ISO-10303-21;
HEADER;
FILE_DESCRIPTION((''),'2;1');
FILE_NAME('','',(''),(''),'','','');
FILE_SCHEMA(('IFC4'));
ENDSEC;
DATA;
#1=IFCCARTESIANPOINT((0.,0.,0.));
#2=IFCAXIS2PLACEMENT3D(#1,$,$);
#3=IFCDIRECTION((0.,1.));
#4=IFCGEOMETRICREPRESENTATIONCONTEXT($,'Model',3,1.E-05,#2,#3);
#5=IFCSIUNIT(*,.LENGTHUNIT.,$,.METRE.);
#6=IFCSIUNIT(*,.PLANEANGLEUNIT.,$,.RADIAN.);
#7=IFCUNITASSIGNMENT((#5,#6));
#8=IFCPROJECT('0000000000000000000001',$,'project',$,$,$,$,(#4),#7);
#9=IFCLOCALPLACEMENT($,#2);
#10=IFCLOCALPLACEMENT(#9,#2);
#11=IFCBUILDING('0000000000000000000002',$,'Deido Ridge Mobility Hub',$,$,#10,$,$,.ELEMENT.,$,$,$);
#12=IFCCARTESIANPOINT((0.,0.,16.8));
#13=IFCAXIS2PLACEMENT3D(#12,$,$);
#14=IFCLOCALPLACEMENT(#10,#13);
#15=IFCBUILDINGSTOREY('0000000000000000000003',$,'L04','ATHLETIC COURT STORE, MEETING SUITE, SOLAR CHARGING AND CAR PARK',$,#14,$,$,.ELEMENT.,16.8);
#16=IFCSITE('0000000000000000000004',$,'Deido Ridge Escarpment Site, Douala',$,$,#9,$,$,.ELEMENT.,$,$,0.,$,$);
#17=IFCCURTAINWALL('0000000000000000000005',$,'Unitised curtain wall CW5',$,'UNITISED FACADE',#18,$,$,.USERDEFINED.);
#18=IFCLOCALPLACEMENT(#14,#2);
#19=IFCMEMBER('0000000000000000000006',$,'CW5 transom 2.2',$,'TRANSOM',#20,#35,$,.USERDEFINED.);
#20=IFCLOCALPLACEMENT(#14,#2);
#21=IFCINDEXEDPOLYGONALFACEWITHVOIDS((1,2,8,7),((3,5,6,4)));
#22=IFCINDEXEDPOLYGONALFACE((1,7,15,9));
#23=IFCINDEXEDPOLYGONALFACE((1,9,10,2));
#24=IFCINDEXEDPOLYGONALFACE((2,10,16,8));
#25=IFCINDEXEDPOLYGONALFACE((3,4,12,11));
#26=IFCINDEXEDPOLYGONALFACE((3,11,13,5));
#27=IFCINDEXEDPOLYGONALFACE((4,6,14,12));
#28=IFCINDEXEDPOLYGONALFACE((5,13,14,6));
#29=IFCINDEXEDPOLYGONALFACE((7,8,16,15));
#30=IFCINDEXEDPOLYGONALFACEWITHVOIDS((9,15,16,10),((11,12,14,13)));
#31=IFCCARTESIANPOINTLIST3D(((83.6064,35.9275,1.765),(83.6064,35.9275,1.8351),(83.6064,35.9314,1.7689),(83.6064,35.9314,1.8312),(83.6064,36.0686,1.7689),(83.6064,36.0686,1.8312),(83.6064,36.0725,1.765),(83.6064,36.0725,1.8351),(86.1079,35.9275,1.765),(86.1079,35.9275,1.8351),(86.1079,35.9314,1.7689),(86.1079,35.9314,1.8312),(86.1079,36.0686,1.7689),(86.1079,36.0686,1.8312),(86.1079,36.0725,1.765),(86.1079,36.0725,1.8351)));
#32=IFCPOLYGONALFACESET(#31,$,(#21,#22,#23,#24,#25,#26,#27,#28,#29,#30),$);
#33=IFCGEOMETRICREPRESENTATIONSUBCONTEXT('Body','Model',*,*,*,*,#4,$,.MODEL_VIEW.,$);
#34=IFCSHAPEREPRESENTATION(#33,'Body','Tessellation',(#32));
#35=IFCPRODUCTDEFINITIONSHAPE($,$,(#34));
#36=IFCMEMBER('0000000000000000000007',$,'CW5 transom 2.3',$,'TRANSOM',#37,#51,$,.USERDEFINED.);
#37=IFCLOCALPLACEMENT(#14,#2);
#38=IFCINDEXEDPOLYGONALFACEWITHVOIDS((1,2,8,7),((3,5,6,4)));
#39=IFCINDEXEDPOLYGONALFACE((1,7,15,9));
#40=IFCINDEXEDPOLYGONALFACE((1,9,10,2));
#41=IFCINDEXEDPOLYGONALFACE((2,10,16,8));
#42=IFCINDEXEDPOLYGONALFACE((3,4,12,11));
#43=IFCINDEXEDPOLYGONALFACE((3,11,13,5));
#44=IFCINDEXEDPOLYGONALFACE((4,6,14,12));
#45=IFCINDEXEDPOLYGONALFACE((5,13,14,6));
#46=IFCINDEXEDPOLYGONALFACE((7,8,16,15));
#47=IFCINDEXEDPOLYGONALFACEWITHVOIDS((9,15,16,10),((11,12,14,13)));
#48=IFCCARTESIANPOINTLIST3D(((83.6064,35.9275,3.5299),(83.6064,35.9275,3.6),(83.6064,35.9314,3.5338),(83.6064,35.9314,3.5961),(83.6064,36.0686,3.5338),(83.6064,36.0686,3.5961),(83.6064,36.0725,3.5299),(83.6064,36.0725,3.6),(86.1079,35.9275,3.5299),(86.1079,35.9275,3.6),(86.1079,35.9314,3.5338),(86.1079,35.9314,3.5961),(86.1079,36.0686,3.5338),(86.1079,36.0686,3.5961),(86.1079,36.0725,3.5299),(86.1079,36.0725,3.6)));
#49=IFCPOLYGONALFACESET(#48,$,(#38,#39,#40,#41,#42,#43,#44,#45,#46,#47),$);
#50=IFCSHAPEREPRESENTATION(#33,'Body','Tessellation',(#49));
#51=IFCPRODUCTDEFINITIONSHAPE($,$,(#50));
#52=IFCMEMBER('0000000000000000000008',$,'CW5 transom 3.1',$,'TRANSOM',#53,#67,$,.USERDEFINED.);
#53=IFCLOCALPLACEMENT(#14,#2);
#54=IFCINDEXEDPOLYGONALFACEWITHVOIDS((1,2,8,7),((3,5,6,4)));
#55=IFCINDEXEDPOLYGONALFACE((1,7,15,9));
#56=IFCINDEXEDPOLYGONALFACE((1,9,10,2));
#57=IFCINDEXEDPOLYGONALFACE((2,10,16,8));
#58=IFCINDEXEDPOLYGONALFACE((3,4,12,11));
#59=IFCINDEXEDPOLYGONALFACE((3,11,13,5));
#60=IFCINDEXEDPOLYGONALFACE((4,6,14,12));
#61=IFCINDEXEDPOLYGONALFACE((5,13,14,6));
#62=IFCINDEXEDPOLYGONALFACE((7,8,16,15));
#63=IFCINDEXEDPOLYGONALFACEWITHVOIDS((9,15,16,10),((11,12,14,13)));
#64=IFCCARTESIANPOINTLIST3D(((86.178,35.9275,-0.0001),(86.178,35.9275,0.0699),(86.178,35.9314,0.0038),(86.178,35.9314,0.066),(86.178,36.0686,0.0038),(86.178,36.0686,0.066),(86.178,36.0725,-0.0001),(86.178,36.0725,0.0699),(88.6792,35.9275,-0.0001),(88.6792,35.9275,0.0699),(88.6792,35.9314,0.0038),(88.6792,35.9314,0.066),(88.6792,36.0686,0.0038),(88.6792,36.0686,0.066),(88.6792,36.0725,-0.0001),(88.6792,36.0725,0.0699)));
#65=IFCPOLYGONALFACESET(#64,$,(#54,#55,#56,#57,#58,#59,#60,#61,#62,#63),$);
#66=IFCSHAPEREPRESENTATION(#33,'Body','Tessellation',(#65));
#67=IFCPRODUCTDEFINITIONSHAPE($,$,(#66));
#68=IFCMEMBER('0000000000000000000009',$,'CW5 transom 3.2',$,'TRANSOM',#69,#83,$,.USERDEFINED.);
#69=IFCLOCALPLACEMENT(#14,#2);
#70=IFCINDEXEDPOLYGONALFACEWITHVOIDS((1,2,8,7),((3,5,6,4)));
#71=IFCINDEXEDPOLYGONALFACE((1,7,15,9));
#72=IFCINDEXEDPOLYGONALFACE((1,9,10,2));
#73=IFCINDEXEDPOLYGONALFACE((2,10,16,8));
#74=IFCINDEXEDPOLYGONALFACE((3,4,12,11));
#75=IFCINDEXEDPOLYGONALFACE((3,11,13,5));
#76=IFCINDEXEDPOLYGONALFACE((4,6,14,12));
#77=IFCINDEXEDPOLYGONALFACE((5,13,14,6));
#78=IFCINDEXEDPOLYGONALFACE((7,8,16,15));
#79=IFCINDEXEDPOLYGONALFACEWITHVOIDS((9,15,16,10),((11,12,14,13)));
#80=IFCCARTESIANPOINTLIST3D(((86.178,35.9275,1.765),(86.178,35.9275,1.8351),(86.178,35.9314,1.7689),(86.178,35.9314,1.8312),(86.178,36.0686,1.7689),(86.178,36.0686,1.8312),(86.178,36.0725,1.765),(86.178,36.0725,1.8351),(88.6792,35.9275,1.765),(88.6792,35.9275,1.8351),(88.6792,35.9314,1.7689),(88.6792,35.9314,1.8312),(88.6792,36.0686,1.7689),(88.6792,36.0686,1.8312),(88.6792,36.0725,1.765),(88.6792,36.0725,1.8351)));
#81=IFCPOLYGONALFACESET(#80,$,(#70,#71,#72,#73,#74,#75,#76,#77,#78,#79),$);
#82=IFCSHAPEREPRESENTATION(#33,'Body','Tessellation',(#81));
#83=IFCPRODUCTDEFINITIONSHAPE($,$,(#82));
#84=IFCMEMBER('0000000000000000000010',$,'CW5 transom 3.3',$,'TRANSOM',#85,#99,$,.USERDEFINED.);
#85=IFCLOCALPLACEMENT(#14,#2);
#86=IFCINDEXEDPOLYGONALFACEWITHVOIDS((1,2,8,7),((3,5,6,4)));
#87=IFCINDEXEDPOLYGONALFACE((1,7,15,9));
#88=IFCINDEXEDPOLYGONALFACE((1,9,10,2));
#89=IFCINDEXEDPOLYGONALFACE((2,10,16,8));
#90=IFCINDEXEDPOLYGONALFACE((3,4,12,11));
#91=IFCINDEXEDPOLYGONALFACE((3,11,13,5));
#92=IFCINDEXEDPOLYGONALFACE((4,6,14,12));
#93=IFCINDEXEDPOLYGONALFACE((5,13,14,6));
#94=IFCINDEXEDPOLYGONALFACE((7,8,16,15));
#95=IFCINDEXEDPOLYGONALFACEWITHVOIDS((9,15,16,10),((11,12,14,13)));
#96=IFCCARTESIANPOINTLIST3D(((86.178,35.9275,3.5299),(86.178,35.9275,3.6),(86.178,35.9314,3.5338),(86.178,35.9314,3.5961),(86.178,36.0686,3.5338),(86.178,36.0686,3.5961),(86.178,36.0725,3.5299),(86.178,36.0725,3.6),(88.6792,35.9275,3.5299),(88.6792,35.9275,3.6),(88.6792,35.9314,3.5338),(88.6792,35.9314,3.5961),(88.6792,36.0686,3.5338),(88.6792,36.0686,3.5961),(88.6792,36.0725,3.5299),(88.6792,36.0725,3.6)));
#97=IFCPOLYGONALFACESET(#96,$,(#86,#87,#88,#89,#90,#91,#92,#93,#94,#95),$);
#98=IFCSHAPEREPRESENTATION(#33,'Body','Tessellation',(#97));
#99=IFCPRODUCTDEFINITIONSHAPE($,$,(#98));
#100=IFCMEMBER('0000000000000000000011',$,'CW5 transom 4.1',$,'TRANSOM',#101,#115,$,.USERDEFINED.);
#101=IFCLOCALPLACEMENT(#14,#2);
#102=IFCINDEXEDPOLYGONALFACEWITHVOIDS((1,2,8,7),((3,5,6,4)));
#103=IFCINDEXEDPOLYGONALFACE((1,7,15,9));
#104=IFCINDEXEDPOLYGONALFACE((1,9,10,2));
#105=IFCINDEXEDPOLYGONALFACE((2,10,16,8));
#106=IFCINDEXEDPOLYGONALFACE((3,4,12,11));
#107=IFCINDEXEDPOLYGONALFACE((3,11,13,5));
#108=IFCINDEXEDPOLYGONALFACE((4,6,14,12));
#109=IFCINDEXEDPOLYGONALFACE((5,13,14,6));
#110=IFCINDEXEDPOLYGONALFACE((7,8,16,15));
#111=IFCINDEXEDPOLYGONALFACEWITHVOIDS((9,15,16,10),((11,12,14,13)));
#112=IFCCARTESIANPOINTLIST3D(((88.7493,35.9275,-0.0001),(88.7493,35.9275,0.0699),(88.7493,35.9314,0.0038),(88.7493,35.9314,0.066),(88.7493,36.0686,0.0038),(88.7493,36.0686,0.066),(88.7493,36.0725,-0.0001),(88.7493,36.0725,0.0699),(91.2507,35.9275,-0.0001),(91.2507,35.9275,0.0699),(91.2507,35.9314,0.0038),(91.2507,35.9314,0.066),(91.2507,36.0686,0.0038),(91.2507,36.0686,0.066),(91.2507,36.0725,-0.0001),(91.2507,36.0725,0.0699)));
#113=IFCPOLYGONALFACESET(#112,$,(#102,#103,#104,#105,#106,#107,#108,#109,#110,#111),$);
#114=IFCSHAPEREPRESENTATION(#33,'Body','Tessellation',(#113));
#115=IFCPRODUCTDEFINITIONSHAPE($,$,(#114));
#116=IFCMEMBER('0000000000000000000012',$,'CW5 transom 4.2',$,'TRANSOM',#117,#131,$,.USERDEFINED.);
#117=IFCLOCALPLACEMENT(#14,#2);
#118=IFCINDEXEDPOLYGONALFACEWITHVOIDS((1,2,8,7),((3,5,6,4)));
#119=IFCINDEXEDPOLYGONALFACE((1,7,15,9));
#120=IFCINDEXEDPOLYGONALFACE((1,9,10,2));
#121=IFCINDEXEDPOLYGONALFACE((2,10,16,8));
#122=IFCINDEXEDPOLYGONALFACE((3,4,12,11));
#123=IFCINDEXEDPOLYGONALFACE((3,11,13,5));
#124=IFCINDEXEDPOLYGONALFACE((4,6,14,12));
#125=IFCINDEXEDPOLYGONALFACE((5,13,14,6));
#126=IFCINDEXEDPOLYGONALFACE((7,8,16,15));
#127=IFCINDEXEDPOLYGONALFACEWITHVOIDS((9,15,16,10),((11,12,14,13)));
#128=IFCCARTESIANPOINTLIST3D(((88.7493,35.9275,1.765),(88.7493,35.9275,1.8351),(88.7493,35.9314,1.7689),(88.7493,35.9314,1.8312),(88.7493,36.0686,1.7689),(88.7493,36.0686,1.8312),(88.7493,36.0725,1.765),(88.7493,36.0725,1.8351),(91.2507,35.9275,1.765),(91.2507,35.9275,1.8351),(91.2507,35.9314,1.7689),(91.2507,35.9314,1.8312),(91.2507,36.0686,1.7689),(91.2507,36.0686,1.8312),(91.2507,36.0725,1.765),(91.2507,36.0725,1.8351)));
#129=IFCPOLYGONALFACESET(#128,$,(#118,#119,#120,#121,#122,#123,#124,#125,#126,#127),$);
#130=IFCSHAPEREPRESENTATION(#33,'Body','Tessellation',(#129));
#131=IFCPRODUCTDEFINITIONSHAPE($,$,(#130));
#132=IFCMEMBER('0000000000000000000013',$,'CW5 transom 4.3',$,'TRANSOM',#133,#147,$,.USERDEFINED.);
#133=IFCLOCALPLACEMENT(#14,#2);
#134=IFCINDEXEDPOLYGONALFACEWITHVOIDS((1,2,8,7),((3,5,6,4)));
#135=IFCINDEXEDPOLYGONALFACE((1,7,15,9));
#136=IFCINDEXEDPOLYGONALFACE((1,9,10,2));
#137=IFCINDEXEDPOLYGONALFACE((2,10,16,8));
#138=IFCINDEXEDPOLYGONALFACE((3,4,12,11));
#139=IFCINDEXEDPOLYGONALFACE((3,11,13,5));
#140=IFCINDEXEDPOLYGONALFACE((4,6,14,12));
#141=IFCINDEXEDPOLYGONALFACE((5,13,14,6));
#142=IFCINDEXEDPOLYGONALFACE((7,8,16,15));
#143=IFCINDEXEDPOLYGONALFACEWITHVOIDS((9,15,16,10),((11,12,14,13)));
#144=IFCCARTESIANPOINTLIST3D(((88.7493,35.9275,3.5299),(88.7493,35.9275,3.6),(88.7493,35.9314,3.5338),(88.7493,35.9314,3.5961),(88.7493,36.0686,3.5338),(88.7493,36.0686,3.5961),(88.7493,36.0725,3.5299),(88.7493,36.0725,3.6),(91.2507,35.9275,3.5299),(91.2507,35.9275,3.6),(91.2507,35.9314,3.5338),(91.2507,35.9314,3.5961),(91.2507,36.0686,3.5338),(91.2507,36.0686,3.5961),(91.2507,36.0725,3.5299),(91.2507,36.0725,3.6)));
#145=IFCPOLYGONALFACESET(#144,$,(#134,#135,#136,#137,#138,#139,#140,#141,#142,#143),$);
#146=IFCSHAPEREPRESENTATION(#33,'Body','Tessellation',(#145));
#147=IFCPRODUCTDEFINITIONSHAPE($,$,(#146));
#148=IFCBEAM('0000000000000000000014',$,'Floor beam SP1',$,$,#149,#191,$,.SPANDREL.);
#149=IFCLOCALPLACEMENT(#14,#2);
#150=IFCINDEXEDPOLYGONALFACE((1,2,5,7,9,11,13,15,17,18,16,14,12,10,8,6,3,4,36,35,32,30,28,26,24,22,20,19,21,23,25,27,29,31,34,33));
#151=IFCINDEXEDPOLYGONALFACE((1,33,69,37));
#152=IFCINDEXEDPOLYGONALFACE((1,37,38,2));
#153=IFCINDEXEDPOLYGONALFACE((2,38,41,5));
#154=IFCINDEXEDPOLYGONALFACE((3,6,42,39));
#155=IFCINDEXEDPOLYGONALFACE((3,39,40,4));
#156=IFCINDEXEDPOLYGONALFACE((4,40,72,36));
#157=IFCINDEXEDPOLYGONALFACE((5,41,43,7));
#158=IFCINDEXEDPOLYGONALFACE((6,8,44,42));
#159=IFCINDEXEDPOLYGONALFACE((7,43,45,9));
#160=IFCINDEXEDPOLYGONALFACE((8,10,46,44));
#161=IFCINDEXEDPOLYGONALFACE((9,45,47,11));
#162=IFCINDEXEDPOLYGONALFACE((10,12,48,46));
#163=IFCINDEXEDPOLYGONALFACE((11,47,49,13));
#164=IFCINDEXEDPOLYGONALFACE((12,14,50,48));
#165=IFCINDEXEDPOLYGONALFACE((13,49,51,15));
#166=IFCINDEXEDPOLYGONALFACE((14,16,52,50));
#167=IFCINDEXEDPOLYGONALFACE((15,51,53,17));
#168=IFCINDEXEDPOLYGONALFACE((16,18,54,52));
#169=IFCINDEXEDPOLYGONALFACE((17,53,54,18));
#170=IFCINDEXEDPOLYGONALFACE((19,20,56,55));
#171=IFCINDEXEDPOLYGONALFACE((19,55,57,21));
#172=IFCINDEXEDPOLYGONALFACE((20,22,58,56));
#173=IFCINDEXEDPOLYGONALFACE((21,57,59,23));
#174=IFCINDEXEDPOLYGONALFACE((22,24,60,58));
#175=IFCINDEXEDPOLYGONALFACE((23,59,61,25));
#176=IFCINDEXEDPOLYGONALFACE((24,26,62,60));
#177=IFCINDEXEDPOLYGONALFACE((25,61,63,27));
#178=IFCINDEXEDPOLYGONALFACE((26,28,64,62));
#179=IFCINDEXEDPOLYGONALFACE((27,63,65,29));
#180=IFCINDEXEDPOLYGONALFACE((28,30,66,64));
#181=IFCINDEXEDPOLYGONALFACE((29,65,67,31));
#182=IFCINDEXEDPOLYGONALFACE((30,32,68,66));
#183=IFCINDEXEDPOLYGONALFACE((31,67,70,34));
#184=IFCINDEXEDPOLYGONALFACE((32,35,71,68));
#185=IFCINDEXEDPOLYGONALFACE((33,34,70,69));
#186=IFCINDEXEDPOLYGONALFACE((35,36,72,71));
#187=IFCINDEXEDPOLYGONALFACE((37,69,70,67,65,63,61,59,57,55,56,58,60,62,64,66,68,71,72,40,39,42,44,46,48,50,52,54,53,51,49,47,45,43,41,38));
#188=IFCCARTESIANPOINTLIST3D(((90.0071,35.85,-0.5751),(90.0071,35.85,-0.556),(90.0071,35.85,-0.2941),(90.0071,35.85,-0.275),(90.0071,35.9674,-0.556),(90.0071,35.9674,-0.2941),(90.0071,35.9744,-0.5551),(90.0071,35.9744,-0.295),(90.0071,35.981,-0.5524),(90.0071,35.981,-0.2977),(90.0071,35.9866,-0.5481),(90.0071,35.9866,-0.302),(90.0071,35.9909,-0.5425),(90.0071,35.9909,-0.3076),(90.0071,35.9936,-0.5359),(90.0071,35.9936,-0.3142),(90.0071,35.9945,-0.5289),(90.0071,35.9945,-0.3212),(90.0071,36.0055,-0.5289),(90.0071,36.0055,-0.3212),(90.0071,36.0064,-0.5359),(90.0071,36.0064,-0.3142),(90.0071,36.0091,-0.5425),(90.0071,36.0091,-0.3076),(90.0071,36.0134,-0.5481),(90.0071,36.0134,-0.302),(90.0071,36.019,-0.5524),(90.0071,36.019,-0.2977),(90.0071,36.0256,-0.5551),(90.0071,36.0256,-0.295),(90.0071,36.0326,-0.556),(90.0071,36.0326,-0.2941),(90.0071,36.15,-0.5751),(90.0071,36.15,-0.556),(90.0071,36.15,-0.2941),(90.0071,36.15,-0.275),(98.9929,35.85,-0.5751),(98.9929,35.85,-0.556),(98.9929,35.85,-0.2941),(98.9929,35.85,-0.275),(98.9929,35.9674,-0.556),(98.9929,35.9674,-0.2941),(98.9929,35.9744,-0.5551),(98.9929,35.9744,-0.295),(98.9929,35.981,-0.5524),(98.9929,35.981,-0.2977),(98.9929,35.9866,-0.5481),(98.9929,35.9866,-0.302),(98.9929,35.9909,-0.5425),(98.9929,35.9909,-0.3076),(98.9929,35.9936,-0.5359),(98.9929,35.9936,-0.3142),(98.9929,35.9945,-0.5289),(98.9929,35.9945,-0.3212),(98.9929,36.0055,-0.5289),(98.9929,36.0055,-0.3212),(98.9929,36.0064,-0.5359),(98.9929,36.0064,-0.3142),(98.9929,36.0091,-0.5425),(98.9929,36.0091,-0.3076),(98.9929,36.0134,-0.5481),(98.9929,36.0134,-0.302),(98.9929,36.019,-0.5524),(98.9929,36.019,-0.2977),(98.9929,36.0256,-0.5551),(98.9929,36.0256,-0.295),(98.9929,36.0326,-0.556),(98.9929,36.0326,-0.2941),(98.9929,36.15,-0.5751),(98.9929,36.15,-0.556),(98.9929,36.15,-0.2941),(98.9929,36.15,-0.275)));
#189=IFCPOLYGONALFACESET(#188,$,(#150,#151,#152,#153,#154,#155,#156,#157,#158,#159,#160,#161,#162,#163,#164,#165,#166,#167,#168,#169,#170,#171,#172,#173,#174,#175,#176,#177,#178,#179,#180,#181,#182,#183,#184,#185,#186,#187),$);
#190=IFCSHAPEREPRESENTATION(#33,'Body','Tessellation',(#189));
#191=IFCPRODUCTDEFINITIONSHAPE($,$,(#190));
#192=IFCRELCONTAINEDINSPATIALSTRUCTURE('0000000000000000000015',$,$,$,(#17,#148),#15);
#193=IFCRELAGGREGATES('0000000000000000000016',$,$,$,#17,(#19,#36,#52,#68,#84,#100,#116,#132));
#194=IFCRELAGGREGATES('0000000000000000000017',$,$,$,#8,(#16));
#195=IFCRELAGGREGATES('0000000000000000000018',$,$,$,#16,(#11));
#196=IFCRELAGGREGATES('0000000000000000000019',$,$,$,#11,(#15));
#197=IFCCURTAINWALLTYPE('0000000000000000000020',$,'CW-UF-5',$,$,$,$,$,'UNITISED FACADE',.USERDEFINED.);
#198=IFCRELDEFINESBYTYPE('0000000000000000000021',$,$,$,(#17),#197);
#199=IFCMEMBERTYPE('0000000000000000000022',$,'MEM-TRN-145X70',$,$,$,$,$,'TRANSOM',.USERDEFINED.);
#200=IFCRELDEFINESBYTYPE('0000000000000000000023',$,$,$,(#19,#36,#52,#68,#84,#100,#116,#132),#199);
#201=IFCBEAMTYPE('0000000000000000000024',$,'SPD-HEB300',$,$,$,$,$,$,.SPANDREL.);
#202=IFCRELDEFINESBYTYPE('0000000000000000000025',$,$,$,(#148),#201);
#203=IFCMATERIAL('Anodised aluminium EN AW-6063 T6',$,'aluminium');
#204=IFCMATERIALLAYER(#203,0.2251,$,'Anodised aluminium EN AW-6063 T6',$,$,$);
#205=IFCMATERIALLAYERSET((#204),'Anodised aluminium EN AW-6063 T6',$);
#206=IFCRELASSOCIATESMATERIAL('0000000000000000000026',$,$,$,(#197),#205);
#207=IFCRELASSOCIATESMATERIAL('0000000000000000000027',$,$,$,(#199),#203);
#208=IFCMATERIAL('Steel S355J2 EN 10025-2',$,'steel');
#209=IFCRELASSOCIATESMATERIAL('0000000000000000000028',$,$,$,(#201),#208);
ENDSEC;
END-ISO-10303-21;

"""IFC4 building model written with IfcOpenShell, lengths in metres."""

from ifc_helpers import new_model, si_unit, direction, frame, origin, origin_2d, place, context, subcontext, project, spatial, hollow_rectangle, i_section, extrude, material, layer, layer_set, material_profile, profile_set, type_object, element, aggregate, save


model = new_model("IFC4")

# Units and contexts
model_context = context("Model", 3, precision=1e-05, world=origin(), true_north=direction((0.0, 1.0)))
body_context = subcontext(model_context, "Body", "Model", "MODEL_VIEW")
ifc_project = project(units=[si_unit("LENGTHUNIT", "METRE"), si_unit("PLANEANGLEUNIT", "RADIAN")], contexts=[model_context])

# Site, building, storey
site_placement = place(None, origin())
site = spatial("IfcSite", under=ifc_project, at=site_placement, Name="Deido Ridge Escarpment Site, Douala", CompositionType="ELEMENT", RefElevation=0.0)
building_placement = place(site_placement, origin())
building = spatial("IfcBuilding", under=site, at=building_placement, Name="Deido Ridge Mobility Hub", CompositionType="ELEMENT")
storey_placement = place(building_placement, frame((0.0, 0.0, 16.8)))
storey = spatial("IfcBuildingStorey", under=building, at=storey_placement, Name="L04", Description="ATHLETIC COURT STORE, MEETING SUITE, SOLAR CHARGING AND CAR PARK", CompositionType="ELEMENT", Elevation=16.8)

# Shared definitions
ifc_material_1 = material(Name="Steel S355J2 EN 10025-2", Category="steel")

# Curtain wall, members
ifc_material_2 = material(Name="Anodised aluminium EN AW-6063 T6", Category="aluminium")
ifc_layer_1 = layer(ifc_material_2, 0.2251, Name="Anodised aluminium EN AW-6063 T6")
ifc_layer_set_1 = layer_set([ifc_layer_1], Name="Anodised aluminium EN AW-6063 T6")
curtain_wall_type = type_object("IfcCurtainWallType", Name="CW-UF-5", ElementType="UNITISED FACADE", PredefinedType="USERDEFINED", material=ifc_layer_set_1)
curtain_wall_placement = place(storey_placement, origin())
curtain_wall = element("IfcCurtainWall", 1, at=curtain_wall_placement, inside=storey, type_object=curtain_wall_type, Name="Unitised curtain wall CW5", ObjectType="UNITISED FACADE", PredefinedType="USERDEFINED")
ifc_material_profile_1 = material_profile(ifc_material_2, hollow_rectangle(XDim=0.145, YDim=0.0701, WallThickness=0.0039, at=origin_2d()), Name="RHS 145x70x4")
ifc_profile_set_1 = profile_set([ifc_material_profile_1], Name="Anodised aluminium EN AW-6063 T6")
member_type_1 = type_object("IfcMemberType", Name="MEM-TRN-145X70", ElementType="TRANSOM", PredefinedType="USERDEFINED", material=ifc_profile_set_1)
member_1_placement = place(storey_placement, frame((83.6064, 36.0, 1.8), z_axis=(1.0, 0.0, 0.0), x_axis=(0.0, 1.0, 0.0)))
member_1 = element("IfcMember", 2, at=member_1_placement, type_object=member_type_1, Name="CW5 transom 2.2", ObjectType="TRANSOM", PredefinedType="USERDEFINED", context=body_context, shape_type="SweptSolid", body=[
    extrude(hollow_rectangle(XDim=0.145, YDim=0.0701, WallThickness=0.0039, at=origin_2d()), origin(), (0.0, 0.0, 1.0), 2.5015),
])
member_2_placement = place(storey_placement, frame((83.6064, 36.0, 3.5649), z_axis=(1.0, 0.0, 0.0), x_axis=(0.0, 1.0, 0.0)))
member_2 = element("IfcMember", 3, at=member_2_placement, type_object=member_type_1, Name="CW5 transom 2.3", ObjectType="TRANSOM", PredefinedType="USERDEFINED", context=body_context, shape_type="SweptSolid", body=[
    extrude(hollow_rectangle(XDim=0.145, YDim=0.0701, WallThickness=0.0039, at=origin_2d()), origin(), (0.0, 0.0, 1.0), 2.5015),
])
member_3_placement = place(storey_placement, frame((86.178, 36.0, 0.0349), z_axis=(1.0, 0.0, 0.0), x_axis=(0.0, 1.0, 0.0)))
member_3 = element("IfcMember", 4, at=member_3_placement, type_object=member_type_1, Name="CW5 transom 3.1", ObjectType="TRANSOM", PredefinedType="USERDEFINED", context=body_context, shape_type="SweptSolid", body=[
    extrude(hollow_rectangle(XDim=0.145, YDim=0.0701, WallThickness=0.0039, at=origin_2d()), origin(), (0.0, 0.0, 1.0), 2.5012),
])
member_4_placement = place(storey_placement, frame((86.178, 36.0, 1.8), z_axis=(1.0, 0.0, 0.0), x_axis=(0.0, 1.0, 0.0)))
member_4 = element("IfcMember", 5, at=member_4_placement, type_object=member_type_1, Name="CW5 transom 3.2", ObjectType="TRANSOM", PredefinedType="USERDEFINED", context=body_context, shape_type="SweptSolid", body=[
    extrude(hollow_rectangle(XDim=0.145, YDim=0.0701, WallThickness=0.0039, at=origin_2d()), origin(), (0.0, 0.0, 1.0), 2.5012),
])
member_5_placement = place(storey_placement, frame((86.178, 36.0, 3.5649), z_axis=(1.0, 0.0, 0.0), x_axis=(0.0, 1.0, 0.0)))
member_5 = element("IfcMember", 6, at=member_5_placement, type_object=member_type_1, Name="CW5 transom 3.3", ObjectType="TRANSOM", PredefinedType="USERDEFINED", context=body_context, shape_type="SweptSolid", body=[
    extrude(hollow_rectangle(XDim=0.145, YDim=0.0701, WallThickness=0.0039, at=origin_2d()), origin(), (0.0, 0.0, 1.0), 2.5012),
])
member_6_placement = place(storey_placement, frame((88.7493, 36.0, 0.0349), z_axis=(1.0, 0.0, 0.0), x_axis=(0.0, 1.0, 0.0)))
member_6 = element("IfcMember", 7, at=member_6_placement, type_object=member_type_1, Name="CW5 transom 4.1", ObjectType="TRANSOM", PredefinedType="USERDEFINED", context=body_context, shape_type="SweptSolid", body=[
    extrude(hollow_rectangle(XDim=0.145, YDim=0.0701, WallThickness=0.0039, at=origin_2d()), origin(), (0.0, 0.0, 1.0), 2.5015),
])
member_7_placement = place(storey_placement, frame((88.7493, 36.0, 1.8), z_axis=(1.0, 0.0, 0.0), x_axis=(0.0, 1.0, 0.0)))
member_7 = element("IfcMember", 8, at=member_7_placement, type_object=member_type_1, Name="CW5 transom 4.2", ObjectType="TRANSOM", PredefinedType="USERDEFINED", context=body_context, shape_type="SweptSolid", body=[
    extrude(hollow_rectangle(XDim=0.145, YDim=0.0701, WallThickness=0.0039, at=origin_2d()), origin(), (0.0, 0.0, 1.0), 2.5015),
])
member_8_placement = place(storey_placement, frame((88.7493, 36.0, 3.5649), z_axis=(1.0, 0.0, 0.0), x_axis=(0.0, 1.0, 0.0)))
member_8 = element("IfcMember", 9, at=member_8_placement, type_object=member_type_1, Name="CW5 transom 4.3", ObjectType="TRANSOM", PredefinedType="USERDEFINED", context=body_context, shape_type="SweptSolid", body=[
    extrude(hollow_rectangle(XDim=0.145, YDim=0.0701, WallThickness=0.0039, at=origin_2d()), origin(), (0.0, 0.0, 1.0), 2.5015),
])

# Beam
ifc_material_profile_2 = material_profile(ifc_material_1, i_section(OverallWidth=0.3, OverallDepth=0.3, WebThickness=0.011, FlangeThickness=0.019, FilletRadius=0.0271, at=origin_2d()), Name="HEB 300")
ifc_profile_set_2 = profile_set([ifc_material_profile_2], Name="Steel S355J2 EN 10025-2")
beam_type_1 = type_object("IfcBeamType", Name="SPD-HEB300", PredefinedType="SPANDREL", material=ifc_profile_set_2)
beam_1_placement = place(storey_placement, frame((90.0071, 36.0, -0.425), z_axis=(1.0, 0.0, 0.0), x_axis=(0.0, 1.0, 0.0)))
element("IfcBeam", 10, at=beam_1_placement, inside=storey, type_object=beam_type_1, Name="Floor beam SP1", PredefinedType="SPANDREL", context=body_context, shape_type="SweptSolid", body=[
    extrude(i_section(OverallWidth=0.3, OverallDepth=0.3, WebThickness=0.011, FlangeThickness=0.019, FilletRadius=0.0271, at=origin_2d()), origin(), (0.0, 0.0, 1.0), 8.9858),
])

aggregate(curtain_wall, [member_1, member_2, member_3, member_4, member_5, member_6, member_7, member_8])

save(model, "model.ifc")
